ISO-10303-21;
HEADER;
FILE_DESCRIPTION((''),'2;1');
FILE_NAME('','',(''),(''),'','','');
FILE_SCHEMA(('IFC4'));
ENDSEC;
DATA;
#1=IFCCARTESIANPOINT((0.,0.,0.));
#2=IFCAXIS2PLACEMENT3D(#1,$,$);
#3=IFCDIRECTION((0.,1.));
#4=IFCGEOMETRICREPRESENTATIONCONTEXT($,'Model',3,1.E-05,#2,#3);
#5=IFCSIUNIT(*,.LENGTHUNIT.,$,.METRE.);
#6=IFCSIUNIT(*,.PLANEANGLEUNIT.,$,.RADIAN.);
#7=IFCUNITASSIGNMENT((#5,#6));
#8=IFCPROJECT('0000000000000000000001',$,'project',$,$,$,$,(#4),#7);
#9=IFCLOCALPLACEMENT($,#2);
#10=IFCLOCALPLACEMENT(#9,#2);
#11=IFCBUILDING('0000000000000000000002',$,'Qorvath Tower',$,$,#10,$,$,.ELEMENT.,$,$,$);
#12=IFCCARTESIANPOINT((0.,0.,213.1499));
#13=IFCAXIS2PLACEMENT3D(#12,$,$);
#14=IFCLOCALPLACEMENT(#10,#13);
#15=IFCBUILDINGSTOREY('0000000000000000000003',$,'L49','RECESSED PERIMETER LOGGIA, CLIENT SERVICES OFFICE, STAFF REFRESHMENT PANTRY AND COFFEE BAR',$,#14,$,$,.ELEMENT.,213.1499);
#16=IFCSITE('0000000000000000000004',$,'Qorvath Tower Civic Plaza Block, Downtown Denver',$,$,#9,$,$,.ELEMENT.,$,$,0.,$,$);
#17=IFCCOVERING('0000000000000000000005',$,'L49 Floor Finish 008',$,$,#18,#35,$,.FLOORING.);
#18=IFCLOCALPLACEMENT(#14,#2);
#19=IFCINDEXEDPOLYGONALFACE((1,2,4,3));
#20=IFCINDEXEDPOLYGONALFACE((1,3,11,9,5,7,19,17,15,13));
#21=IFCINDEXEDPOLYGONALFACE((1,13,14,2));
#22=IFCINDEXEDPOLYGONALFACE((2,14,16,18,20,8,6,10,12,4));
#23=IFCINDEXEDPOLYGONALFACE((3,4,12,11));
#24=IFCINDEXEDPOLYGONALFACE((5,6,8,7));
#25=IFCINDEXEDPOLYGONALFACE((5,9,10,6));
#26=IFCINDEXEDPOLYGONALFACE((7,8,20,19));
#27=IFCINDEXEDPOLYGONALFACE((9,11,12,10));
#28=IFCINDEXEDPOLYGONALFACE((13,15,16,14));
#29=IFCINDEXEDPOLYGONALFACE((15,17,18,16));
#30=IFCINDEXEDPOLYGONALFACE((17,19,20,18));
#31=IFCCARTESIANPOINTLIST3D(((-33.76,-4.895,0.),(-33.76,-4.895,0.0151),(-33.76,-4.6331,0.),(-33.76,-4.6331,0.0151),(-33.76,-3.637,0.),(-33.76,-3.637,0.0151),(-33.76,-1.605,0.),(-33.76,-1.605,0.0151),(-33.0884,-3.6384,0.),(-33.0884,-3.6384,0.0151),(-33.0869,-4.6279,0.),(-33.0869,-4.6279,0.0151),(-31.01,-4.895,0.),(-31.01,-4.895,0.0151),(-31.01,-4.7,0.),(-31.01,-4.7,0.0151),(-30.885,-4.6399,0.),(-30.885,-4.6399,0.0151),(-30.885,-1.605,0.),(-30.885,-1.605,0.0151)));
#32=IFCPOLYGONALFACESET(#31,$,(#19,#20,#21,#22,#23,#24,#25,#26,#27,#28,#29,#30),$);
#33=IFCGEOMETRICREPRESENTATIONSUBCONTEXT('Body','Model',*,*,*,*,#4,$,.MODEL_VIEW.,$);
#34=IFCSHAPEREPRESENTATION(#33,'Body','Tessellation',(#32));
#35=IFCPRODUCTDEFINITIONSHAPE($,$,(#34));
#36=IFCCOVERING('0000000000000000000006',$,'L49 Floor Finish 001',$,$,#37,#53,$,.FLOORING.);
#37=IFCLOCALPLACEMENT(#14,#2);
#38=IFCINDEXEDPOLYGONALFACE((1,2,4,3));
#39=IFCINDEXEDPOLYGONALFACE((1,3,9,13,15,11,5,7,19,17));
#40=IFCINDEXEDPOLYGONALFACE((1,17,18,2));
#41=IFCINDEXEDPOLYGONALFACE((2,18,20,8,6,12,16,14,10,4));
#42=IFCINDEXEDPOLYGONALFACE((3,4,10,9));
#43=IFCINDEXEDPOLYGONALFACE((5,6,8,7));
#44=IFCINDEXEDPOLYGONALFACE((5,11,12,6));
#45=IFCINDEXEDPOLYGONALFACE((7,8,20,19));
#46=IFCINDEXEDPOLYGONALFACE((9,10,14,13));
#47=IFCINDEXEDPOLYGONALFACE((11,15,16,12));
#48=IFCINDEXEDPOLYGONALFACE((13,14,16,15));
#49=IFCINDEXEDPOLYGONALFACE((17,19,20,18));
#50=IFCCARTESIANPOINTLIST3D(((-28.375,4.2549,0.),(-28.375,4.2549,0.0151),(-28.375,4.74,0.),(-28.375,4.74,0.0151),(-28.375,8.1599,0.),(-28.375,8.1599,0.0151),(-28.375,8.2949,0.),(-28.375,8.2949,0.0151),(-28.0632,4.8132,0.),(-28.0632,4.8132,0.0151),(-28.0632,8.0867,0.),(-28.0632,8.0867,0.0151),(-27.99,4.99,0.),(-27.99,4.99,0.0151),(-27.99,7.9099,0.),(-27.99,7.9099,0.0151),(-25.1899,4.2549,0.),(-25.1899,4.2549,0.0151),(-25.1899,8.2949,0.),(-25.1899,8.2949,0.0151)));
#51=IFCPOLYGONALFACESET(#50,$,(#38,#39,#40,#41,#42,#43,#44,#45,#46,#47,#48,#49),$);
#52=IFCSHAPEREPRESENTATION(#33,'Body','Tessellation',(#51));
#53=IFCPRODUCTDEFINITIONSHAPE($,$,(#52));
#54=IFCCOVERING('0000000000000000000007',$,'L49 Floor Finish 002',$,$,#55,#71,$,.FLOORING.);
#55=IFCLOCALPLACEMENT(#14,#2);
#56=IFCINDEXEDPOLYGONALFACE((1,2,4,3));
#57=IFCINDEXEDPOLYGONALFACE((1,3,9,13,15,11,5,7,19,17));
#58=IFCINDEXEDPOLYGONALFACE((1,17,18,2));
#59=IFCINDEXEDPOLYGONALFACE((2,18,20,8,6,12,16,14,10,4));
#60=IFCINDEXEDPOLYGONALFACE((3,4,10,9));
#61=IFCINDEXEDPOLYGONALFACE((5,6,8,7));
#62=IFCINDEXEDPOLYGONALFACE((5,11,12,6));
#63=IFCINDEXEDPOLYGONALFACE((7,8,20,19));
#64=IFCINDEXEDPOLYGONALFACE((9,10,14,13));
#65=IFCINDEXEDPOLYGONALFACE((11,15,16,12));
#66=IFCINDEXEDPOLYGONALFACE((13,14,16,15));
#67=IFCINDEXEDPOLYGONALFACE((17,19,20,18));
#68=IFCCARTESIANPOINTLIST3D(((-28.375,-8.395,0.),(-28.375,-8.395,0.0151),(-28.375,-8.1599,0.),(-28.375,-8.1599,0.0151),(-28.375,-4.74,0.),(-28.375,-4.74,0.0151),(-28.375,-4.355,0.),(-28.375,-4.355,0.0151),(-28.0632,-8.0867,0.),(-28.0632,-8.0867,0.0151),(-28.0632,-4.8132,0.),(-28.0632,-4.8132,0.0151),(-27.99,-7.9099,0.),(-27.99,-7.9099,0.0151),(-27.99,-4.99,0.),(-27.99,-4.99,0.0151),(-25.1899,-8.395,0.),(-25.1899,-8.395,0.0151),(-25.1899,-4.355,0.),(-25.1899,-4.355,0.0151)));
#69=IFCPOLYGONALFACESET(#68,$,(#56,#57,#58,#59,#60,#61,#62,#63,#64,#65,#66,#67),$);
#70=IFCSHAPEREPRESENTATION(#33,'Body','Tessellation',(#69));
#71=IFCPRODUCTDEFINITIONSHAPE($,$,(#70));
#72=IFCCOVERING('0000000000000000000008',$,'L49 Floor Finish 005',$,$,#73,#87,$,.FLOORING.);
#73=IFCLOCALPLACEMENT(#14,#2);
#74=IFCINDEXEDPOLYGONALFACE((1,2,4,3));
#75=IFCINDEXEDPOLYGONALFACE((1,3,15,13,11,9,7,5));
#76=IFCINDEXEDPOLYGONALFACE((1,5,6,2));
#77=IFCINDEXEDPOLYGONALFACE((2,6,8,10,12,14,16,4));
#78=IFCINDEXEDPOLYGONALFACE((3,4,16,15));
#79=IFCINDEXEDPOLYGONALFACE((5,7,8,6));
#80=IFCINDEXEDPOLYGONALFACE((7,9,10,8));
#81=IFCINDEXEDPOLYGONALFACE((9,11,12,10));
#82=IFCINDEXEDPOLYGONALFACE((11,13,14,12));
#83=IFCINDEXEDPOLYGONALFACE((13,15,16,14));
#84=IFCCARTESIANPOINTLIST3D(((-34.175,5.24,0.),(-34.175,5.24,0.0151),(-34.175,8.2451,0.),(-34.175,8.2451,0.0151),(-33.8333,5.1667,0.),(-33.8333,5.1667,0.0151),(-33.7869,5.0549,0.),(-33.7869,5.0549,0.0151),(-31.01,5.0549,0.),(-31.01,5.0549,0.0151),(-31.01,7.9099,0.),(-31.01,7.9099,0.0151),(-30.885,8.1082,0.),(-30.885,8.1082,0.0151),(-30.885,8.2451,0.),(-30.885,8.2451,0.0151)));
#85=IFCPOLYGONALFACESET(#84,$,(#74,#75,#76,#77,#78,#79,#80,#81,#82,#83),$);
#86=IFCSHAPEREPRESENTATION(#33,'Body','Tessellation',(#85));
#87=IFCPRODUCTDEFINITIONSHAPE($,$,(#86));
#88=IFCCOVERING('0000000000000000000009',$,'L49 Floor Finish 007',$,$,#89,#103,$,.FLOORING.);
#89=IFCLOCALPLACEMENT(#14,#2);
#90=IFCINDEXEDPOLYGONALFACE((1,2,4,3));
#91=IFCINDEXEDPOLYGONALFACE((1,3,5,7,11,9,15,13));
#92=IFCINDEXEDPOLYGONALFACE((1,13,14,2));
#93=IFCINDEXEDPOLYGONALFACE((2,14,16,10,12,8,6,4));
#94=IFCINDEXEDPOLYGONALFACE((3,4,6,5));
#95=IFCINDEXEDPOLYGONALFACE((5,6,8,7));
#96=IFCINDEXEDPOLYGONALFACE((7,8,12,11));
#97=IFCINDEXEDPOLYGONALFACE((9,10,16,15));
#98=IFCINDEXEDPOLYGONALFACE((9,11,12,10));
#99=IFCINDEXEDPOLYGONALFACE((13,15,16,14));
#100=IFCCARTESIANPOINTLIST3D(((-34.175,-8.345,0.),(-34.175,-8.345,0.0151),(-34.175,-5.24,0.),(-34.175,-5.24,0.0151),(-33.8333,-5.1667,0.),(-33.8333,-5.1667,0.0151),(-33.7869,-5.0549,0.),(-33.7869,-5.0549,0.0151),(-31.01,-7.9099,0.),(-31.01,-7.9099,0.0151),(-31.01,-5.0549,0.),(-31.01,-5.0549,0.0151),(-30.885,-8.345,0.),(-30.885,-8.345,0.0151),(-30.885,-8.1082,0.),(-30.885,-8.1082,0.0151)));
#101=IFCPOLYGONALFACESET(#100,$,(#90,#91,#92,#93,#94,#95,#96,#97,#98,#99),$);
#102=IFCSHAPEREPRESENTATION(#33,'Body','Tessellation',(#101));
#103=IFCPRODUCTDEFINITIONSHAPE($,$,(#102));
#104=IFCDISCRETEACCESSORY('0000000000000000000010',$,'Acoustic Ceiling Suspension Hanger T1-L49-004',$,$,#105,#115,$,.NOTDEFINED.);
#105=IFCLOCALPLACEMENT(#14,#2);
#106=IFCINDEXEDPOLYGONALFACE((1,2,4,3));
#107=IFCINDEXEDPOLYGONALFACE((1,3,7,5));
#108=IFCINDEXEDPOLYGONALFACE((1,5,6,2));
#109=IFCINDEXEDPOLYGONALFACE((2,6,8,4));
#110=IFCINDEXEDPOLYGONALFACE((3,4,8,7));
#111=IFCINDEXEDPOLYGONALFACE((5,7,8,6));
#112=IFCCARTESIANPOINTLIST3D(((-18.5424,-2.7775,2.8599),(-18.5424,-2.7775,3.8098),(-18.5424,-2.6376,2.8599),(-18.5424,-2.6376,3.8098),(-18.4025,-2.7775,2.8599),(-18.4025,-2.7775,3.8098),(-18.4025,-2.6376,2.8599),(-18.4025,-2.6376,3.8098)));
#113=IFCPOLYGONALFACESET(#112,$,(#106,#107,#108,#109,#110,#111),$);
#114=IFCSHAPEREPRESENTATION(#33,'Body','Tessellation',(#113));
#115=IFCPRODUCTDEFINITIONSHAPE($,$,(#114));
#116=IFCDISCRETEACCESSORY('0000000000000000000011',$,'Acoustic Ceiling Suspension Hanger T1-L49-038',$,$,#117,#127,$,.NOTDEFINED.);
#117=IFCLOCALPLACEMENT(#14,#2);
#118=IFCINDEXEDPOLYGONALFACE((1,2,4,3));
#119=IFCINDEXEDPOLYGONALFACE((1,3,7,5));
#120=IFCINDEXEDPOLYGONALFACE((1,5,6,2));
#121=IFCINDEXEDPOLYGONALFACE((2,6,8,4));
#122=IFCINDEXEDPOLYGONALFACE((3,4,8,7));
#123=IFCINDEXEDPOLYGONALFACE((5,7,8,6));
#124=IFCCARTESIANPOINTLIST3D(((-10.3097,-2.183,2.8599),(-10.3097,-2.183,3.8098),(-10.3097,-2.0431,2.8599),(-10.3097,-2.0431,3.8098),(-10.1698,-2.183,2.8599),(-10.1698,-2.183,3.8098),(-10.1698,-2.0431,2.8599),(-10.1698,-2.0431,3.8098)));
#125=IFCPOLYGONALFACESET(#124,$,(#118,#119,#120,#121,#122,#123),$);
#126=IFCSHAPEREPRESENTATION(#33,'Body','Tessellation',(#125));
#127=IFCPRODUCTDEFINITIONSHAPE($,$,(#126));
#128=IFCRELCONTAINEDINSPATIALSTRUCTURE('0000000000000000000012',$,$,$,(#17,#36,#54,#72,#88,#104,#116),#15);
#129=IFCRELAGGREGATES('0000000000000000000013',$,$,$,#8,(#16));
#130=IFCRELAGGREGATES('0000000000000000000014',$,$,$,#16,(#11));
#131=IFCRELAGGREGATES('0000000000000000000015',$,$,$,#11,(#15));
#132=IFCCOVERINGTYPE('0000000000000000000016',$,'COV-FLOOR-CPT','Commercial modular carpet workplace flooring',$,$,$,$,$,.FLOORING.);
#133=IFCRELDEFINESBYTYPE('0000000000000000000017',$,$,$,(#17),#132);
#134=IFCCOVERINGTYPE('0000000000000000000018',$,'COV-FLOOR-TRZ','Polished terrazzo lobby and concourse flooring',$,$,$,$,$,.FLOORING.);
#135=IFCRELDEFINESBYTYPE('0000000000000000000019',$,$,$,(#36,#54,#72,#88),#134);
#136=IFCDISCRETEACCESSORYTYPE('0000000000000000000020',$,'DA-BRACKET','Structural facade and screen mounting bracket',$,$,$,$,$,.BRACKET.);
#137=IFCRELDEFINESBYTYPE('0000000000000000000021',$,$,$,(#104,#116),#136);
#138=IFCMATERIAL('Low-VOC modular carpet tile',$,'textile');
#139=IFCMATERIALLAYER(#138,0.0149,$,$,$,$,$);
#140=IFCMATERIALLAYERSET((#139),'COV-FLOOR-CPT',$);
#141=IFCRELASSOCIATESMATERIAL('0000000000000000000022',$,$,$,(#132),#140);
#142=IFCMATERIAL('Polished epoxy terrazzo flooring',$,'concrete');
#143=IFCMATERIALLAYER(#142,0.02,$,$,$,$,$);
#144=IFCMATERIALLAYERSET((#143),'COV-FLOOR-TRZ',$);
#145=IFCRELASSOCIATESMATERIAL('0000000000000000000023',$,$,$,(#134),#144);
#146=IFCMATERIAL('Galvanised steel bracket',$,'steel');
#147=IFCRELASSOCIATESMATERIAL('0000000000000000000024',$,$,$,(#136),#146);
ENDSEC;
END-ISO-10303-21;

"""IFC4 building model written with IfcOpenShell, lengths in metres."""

from ifc_helpers import new_model, si_unit, direction, frame, origin, origin_2d, place, context, subcontext, project, spatial, polyline, rectangle, outline, extrude, material, layer, layer_set, type_object, element, save


model = new_model("IFC4")

# Units and contexts
model_context = context("Model", 3, precision=1e-05, world=origin(), true_north=direction((0.0, 1.0)))
body_context = subcontext(model_context, "Body", "Model", "MODEL_VIEW")
ifc_project = project(units=[si_unit("LENGTHUNIT", "METRE"), si_unit("PLANEANGLEUNIT", "RADIAN")], contexts=[model_context])

# Site, building, storey
site_placement = place(None, origin())
site = spatial("IfcSite", under=ifc_project, at=site_placement, Name="Qorvath Tower Civic Plaza Block, Downtown Denver", CompositionType="ELEMENT", RefElevation=0.0)
building_placement = place(site_placement, origin())
building = spatial("IfcBuilding", under=site, at=building_placement, Name="Qorvath Tower", CompositionType="ELEMENT")
storey_placement = place(building_placement, frame((0.0, 0.0, 213.1499)))
storey = spatial("IfcBuildingStorey", under=building, at=storey_placement, Name="L49", Description="RECESSED PERIMETER LOGGIA, CLIENT SERVICES OFFICE, STAFF REFRESHMENT PANTRY AND COFFEE BAR", CompositionType="ELEMENT", Elevation=213.1499)

# Coverings
ifc_material_1 = material(Name="Low-VOC modular carpet tile", Category="textile")
ifc_layer_1 = layer(ifc_material_1, 0.0149)
ifc_layer_set_1 = layer_set([ifc_layer_1], Name="COV-FLOOR-CPT")
covering_type_1 = type_object("IfcCoveringType", Name="COV-FLOOR-CPT", Description="Commercial modular carpet workplace flooring", PredefinedType="FLOORING", material=ifc_layer_set_1)
covering_1_placement = place(storey_placement, origin())
element("IfcCovering", 1, at=covering_1_placement, inside=storey, type_object=covering_type_1, Name="L49 Floor Finish 008", PredefinedType="FLOORING", context=body_context, shape_type="SweptSolid", body=[
    extrude(outline(polyline([(-30.885, -1.605), (-33.76, -1.605), (-33.76, -3.637), (-33.0884, -3.6384), (-33.0869, -4.6279), (-33.76, -4.6331), (-33.76, -4.895), (-31.01, -4.895), (-31.01, -4.7), (-30.885, -4.6399), (-30.885, -1.605)])), origin(), (0.0, 0.0, 1.0), 0.0151),
])
ifc_material_2 = material(Name="Polished epoxy terrazzo flooring", Category="concrete")
ifc_layer_2 = layer(ifc_material_2, 0.02)
ifc_layer_set_2 = layer_set([ifc_layer_2], Name="COV-FLOOR-TRZ")
covering_type_2 = type_object("IfcCoveringType", Name="COV-FLOOR-TRZ", Description="Polished terrazzo lobby and concourse flooring", PredefinedType="FLOORING", material=ifc_layer_set_2)
covering_2_placement = place(storey_placement, origin())
element("IfcCovering", 2, at=covering_2_placement, inside=storey, type_object=covering_type_2, Name="L49 Floor Finish 001", PredefinedType="FLOORING", context=body_context, shape_type="SweptSolid", body=[
    extrude(outline(polyline([(-25.1899, 4.2549), (-25.1899, 8.2949), (-28.375, 8.2949), (-28.375, 8.1599), (-28.0632, 8.0867), (-27.99, 7.9099), (-27.99, 4.99), (-28.0632, 4.8132), (-28.375, 4.74), (-28.375, 4.2549), (-25.1899, 4.2549)])), origin(), (0.0, 0.0, 1.0), 0.0151),
])
covering_3_placement = place(storey_placement, origin())
element("IfcCovering", 3, at=covering_3_placement, inside=storey, type_object=covering_type_2, Name="L49 Floor Finish 002", PredefinedType="FLOORING", context=body_context, shape_type="SweptSolid", body=[
    extrude(outline(polyline([(-25.1899, -8.395), (-25.1899, -4.355), (-28.375, -4.355), (-28.375, -4.74), (-28.0632, -4.8132), (-27.99, -4.99), (-27.99, -7.9099), (-28.0632, -8.0867), (-28.375, -8.1599), (-28.375, -8.395), (-25.1899, -8.395)])), origin(), (0.0, 0.0, 1.0), 0.0151),
])
covering_4_placement = place(storey_placement, origin())
element("IfcCovering", 4, at=covering_4_placement, inside=storey, type_object=covering_type_2, Name="L49 Floor Finish 005", PredefinedType="FLOORING", context=body_context, shape_type="SweptSolid", body=[
    extrude(outline(polyline([(-31.01, 5.0549), (-31.01, 7.9099), (-30.885, 8.1082), (-30.885, 8.2451), (-34.175, 8.2451), (-34.175, 5.24), (-33.8333, 5.1667), (-33.7869, 5.0549), (-31.01, 5.0549)])), origin(), (0.0, 0.0, 1.0), 0.0151),
])
covering_5_placement = place(storey_placement, origin())
element("IfcCovering", 5, at=covering_5_placement, inside=storey, type_object=covering_type_2, Name="L49 Floor Finish 007", PredefinedType="FLOORING", context=body_context, shape_type="SweptSolid", body=[
    extrude(outline(polyline([(-30.885, -8.1082), (-31.01, -7.9099), (-31.01, -5.0549), (-33.7869, -5.0549), (-33.8333, -5.1667), (-34.175, -5.24), (-34.175, -8.345), (-30.885, -8.345), (-30.885, -8.1082)])), origin(), (0.0, 0.0, 1.0), 0.0151),
])

# Discrete accessories
ifc_material_3 = material(Name="Galvanised steel bracket", Category="steel")
discrete_accessory_type = type_object("IfcDiscreteAccessoryType", Name="DA-BRACKET", Description="Structural facade and screen mounting bracket", PredefinedType="BRACKET", material=ifc_material_3)
for number, where, z_axis, x_axis, name in (
    (6, (-18.4724, -2.7075, 2.8599), (0.0, 0.0, 1.0), (1.0, 0.0, 0.0), "Acoustic Ceiling Suspension Hanger T1-L49-004"),
    (7, (-10.2397, -2.113, 2.8599), (0.0, 0.0, 1.0), (1.0, 0.0, 0.0), "Acoustic Ceiling Suspension Hanger T1-L49-038"),
):
    element("IfcDiscreteAccessory", number, at=place(storey_placement, frame(where, z_axis=z_axis, x_axis=x_axis)), inside=storey, type_object=discrete_accessory_type, Name=name, PredefinedType="NOTDEFINED", context=body_context, shape_type="SweptSolid", body=[
        extrude(rectangle(XDim=0.1399, YDim=0.1399, at=origin_2d()), origin(), (0.0, 0.0, 1.0), 0.95),
    ])

save(model, "model.ifc")
